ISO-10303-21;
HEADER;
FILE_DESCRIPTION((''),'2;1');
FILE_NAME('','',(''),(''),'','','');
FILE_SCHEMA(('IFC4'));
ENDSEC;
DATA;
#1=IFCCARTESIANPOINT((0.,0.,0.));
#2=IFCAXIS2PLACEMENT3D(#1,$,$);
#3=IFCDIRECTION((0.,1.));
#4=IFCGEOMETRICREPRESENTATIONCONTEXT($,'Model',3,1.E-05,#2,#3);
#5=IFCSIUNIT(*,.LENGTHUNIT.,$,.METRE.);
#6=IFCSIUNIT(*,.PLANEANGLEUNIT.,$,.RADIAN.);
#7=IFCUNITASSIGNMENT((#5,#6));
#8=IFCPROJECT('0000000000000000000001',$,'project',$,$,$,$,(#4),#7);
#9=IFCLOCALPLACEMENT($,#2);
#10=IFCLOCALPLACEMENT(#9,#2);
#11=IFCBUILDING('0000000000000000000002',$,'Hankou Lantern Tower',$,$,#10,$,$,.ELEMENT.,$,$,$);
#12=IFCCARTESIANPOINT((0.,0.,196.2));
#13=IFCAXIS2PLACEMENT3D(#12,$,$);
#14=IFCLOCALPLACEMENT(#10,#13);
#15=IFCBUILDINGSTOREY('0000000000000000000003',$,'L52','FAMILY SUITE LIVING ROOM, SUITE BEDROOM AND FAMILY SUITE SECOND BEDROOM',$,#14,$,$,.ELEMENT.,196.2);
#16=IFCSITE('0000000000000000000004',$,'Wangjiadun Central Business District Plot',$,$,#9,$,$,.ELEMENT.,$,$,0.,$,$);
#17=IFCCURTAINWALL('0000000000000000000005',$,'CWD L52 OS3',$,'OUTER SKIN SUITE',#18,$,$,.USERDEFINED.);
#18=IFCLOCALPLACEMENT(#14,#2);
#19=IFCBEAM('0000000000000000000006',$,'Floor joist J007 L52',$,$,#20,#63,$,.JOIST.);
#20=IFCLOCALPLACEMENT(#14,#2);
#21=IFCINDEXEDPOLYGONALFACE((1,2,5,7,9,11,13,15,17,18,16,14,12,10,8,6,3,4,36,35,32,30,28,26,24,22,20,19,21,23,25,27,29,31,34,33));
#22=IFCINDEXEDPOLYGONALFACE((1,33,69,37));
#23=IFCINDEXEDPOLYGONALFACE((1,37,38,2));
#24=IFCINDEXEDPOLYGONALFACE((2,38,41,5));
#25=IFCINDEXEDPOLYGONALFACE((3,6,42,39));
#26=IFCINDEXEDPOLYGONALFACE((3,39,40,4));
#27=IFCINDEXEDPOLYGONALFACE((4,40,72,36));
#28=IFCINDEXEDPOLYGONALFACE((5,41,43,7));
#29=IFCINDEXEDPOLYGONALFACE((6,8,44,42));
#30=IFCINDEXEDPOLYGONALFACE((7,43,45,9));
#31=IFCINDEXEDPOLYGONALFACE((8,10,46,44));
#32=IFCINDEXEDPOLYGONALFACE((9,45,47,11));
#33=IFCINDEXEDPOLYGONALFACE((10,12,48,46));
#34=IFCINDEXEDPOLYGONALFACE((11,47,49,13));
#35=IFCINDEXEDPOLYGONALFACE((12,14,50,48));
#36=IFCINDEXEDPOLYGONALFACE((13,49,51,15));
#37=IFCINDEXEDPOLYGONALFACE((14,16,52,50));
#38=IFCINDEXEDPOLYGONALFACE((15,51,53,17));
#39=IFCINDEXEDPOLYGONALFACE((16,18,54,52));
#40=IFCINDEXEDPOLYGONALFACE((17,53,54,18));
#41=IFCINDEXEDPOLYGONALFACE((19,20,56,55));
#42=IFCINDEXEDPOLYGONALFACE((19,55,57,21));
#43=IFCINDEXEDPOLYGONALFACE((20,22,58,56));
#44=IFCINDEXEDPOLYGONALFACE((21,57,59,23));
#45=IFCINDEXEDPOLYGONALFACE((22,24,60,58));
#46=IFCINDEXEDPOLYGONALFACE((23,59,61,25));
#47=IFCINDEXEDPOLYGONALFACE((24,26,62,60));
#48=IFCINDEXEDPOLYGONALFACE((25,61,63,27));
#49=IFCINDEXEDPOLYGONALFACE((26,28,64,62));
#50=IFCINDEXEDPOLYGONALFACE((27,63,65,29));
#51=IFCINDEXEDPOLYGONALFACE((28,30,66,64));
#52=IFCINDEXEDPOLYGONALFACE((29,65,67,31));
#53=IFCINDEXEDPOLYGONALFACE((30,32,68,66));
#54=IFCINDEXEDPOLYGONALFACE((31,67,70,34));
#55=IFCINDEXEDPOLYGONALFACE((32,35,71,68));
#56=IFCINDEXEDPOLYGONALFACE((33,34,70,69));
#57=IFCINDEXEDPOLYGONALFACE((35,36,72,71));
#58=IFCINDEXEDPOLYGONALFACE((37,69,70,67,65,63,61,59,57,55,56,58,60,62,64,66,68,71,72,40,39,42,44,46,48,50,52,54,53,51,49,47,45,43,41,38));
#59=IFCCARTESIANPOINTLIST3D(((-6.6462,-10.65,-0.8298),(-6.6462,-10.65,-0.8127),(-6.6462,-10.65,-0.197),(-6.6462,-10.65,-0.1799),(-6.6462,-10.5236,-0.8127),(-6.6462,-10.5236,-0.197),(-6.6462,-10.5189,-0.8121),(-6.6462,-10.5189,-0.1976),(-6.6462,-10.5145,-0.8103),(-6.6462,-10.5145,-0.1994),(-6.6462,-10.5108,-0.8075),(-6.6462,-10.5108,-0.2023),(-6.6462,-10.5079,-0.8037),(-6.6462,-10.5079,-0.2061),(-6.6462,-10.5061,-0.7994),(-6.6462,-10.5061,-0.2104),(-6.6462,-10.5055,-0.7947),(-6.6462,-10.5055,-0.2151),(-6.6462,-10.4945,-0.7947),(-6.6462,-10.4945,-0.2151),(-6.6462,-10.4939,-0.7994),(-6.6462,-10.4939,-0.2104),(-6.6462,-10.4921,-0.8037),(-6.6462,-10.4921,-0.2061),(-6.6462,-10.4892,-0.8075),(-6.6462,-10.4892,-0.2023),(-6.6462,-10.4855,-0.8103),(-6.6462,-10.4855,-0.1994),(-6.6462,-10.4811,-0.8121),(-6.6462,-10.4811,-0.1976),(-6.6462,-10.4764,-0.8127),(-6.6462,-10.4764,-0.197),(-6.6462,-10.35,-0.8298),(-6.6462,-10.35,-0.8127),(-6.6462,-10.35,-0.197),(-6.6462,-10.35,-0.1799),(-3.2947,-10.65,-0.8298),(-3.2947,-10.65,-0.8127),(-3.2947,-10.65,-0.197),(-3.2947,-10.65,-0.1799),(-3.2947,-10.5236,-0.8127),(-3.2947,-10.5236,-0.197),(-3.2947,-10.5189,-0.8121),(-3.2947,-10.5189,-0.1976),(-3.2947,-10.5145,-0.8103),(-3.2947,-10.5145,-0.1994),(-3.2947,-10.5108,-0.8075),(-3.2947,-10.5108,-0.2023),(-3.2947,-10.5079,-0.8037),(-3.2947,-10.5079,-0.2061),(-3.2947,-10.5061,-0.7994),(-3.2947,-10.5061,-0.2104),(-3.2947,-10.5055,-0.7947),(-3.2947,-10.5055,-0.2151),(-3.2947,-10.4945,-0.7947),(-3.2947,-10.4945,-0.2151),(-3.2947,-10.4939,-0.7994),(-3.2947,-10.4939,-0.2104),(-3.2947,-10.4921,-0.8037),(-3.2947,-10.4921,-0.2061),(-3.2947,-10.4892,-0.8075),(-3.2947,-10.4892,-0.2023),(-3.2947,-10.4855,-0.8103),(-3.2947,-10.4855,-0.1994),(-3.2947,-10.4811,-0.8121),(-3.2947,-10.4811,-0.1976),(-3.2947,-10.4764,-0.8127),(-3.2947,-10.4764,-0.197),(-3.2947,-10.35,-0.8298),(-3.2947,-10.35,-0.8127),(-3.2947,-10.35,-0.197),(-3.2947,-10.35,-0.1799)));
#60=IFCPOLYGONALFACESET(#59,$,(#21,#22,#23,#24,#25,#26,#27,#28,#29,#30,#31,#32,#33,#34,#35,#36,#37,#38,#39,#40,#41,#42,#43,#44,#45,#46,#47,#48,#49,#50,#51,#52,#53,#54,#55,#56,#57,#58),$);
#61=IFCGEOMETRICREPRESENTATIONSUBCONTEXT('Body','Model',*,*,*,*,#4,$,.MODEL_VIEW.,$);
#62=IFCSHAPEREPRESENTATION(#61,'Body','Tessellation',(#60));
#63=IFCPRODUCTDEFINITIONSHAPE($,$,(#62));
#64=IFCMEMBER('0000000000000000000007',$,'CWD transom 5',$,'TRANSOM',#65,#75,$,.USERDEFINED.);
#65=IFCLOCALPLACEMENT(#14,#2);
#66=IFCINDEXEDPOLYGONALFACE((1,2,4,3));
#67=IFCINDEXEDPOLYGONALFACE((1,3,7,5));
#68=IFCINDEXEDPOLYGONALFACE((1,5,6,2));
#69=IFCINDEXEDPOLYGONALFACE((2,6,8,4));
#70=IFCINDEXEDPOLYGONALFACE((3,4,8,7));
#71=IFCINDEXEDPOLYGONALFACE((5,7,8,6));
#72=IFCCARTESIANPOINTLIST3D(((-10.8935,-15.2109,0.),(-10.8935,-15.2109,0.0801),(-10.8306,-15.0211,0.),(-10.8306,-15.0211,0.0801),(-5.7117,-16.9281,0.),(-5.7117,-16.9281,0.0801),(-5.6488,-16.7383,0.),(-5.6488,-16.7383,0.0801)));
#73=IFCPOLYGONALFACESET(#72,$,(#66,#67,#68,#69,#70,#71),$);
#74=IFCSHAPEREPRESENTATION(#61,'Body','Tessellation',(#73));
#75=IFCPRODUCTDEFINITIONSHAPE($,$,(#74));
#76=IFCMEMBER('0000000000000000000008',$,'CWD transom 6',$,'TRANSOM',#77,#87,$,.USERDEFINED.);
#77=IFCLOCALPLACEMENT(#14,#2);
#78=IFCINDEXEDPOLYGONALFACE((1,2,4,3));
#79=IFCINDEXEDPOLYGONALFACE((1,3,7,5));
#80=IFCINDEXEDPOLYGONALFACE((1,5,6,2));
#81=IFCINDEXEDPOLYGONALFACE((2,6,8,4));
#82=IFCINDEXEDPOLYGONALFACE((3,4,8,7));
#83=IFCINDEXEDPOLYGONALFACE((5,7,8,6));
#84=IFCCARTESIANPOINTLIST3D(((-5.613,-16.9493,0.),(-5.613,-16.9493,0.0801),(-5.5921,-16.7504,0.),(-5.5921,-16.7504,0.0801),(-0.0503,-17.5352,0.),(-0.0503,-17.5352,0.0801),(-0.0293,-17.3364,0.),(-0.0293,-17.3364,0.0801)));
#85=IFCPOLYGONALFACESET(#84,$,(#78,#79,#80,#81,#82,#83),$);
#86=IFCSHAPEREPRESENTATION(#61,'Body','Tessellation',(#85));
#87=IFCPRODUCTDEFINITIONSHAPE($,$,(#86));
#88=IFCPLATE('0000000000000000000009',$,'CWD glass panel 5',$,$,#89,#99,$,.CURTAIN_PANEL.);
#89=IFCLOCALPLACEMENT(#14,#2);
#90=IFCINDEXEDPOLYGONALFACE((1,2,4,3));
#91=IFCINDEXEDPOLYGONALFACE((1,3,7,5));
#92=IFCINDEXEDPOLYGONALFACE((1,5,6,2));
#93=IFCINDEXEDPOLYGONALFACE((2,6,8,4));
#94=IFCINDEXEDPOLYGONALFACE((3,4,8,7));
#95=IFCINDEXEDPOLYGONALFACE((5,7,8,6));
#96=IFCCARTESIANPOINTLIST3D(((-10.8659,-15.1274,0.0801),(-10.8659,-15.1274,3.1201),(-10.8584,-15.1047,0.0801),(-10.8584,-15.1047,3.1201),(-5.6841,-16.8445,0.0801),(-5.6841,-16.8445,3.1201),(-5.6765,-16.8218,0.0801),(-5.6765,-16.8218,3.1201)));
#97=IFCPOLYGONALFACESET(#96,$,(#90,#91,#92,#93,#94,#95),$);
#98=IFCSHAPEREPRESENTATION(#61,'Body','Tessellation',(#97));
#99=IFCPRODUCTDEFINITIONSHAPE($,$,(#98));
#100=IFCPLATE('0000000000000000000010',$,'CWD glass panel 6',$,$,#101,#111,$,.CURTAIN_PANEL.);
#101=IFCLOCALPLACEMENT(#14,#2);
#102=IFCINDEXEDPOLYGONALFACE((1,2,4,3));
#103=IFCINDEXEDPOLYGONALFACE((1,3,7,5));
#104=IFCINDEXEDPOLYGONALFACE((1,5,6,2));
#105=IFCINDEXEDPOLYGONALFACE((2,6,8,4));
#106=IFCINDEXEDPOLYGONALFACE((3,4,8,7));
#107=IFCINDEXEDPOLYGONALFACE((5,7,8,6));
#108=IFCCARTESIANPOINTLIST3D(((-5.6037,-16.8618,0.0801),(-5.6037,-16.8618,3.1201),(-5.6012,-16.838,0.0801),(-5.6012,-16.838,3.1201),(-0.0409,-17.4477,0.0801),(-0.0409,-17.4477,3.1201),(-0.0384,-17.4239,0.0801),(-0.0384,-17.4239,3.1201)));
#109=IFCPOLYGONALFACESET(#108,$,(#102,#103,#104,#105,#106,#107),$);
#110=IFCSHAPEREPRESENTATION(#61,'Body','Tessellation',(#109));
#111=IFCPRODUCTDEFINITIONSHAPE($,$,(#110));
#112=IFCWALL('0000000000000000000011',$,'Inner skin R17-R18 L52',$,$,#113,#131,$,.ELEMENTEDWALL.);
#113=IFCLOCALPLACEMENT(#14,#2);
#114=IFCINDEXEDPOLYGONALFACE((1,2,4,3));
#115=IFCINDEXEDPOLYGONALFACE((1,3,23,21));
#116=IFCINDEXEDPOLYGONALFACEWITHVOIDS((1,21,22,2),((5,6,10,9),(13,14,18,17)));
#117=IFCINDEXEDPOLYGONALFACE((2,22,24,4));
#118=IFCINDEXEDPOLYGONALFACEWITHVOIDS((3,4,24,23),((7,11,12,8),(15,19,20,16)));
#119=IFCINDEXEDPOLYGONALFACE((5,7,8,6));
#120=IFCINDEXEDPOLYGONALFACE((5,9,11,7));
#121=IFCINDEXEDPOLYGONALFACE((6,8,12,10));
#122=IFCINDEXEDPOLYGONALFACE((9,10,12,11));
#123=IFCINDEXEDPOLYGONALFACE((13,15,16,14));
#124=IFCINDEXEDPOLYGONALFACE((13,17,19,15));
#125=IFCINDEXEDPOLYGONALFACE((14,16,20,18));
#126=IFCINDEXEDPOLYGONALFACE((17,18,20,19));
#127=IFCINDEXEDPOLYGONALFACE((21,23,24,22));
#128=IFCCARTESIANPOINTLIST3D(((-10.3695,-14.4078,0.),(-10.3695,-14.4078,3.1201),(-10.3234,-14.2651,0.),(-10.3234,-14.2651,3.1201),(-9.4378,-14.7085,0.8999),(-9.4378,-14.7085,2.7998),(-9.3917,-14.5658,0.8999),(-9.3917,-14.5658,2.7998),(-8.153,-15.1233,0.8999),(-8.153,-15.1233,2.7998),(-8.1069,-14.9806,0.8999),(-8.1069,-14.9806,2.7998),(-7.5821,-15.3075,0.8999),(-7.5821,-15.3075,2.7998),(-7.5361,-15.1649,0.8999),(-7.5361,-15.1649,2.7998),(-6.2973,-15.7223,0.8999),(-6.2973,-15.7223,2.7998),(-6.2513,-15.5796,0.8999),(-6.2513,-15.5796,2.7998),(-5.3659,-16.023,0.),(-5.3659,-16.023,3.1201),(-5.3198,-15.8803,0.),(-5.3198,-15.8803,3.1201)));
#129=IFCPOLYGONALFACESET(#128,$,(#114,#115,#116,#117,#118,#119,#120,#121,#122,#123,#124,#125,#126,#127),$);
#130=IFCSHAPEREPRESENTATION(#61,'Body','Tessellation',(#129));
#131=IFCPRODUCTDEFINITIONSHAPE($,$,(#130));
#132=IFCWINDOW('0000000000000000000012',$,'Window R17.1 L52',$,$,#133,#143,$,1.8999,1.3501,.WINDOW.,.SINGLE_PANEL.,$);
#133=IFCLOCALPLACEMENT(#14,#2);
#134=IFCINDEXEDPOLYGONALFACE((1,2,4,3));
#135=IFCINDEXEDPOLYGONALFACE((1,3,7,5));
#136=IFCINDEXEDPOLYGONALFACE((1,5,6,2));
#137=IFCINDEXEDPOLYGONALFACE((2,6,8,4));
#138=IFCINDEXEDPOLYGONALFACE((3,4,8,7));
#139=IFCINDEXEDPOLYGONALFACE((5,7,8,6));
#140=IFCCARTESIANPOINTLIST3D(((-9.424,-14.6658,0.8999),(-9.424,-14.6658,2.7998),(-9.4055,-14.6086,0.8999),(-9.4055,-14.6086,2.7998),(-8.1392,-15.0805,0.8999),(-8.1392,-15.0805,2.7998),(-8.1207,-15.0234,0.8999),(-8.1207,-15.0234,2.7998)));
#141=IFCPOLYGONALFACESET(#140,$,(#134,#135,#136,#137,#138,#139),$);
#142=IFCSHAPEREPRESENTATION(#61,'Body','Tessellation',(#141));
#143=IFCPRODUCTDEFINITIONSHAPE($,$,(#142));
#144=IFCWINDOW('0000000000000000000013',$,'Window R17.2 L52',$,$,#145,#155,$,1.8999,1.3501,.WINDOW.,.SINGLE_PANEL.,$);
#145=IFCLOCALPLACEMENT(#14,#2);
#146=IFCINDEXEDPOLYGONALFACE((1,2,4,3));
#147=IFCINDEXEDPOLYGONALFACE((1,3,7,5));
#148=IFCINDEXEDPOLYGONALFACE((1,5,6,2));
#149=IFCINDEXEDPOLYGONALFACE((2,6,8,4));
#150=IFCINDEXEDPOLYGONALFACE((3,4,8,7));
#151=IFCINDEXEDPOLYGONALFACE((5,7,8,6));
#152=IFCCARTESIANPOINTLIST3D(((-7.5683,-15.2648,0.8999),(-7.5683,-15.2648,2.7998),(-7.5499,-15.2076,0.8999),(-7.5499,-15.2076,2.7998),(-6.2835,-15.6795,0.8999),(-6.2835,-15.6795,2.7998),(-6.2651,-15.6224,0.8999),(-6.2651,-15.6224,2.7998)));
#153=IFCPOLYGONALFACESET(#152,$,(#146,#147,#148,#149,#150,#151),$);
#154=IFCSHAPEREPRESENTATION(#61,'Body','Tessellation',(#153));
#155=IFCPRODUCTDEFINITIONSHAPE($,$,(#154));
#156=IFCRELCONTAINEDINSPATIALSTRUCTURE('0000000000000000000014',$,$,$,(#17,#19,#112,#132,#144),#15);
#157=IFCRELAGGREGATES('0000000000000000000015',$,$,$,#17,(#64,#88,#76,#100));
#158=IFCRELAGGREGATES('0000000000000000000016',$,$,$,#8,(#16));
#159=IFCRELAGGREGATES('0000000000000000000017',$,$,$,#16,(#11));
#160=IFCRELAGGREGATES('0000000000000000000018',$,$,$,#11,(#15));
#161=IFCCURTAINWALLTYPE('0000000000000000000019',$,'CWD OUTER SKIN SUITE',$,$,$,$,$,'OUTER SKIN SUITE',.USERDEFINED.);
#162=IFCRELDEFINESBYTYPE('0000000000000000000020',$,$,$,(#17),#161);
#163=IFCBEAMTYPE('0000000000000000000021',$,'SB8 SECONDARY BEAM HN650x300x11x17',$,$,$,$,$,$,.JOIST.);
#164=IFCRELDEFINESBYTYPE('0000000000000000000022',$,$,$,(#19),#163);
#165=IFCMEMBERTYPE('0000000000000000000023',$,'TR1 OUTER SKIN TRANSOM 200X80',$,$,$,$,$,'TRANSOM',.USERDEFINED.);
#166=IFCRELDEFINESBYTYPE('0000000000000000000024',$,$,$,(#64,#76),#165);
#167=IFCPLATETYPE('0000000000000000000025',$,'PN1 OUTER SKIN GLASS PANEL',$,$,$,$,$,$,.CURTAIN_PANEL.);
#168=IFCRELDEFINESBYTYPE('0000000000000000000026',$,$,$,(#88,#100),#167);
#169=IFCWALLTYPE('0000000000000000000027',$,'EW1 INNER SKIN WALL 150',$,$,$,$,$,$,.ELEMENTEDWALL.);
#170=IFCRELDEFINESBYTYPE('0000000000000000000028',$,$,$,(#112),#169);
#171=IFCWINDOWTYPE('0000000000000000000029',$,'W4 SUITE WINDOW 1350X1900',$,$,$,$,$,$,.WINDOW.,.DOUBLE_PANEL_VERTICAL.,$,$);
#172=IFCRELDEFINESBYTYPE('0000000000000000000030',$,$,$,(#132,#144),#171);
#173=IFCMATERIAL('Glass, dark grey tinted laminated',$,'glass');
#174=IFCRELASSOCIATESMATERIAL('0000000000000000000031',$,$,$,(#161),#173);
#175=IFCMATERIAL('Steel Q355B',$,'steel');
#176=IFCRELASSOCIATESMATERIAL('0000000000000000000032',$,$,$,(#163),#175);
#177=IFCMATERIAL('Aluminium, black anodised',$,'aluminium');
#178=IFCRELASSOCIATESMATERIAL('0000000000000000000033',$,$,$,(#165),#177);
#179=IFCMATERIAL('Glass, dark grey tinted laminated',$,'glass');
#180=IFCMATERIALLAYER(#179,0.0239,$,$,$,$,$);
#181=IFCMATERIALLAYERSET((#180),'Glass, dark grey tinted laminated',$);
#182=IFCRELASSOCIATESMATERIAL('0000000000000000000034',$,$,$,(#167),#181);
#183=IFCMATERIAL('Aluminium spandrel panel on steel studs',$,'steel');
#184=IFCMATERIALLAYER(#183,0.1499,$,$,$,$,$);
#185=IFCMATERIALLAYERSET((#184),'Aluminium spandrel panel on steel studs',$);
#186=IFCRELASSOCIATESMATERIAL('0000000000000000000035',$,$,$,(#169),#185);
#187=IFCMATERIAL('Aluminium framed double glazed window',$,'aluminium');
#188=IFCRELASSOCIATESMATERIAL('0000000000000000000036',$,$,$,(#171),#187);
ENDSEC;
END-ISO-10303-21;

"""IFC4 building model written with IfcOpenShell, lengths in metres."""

from ifc_helpers import new_model, si_unit, direction, frame, frame_2d, origin, origin_2d, place, context, subcontext, project, spatial, rectangle, i_section, extrude, material, layer, layer_set, material_profile, profile_set, type_object, element, fill, aggregate, save


model = new_model("IFC4")

# Units and contexts
model_context = context("Model", 3, precision=1e-05, world=origin(), true_north=direction((0.0, 1.0)))
body_context = subcontext(model_context, "Body", "Model", "MODEL_VIEW")
ifc_project = project(units=[si_unit("LENGTHUNIT", "METRE"), si_unit("PLANEANGLEUNIT", "RADIAN")], contexts=[model_context])

# Site, building, storey
site_placement = place(None, origin())
site = spatial("IfcSite", under=ifc_project, at=site_placement, Name="Wangjiadun Central Business District Plot", CompositionType="ELEMENT", RefElevation=0.0)
building_placement = place(site_placement, origin())
building = spatial("IfcBuilding", under=site, at=building_placement, Name="Hankou Lantern Tower", CompositionType="ELEMENT")
storey_placement = place(building_placement, frame((0.0, 0.0, 196.2)))
storey = spatial("IfcBuildingStorey", under=building, at=storey_placement, Name="L52", Description="FAMILY SUITE LIVING ROOM, SUITE BEDROOM AND FAMILY SUITE SECOND BEDROOM", CompositionType="ELEMENT", Elevation=196.2)

# Curtain wall
ifc_material_1 = material(Name="Glass, dark grey tinted laminated", Category="glass")
curtain_wall_type = type_object("IfcCurtainWallType", Name="CWD OUTER SKIN SUITE", ElementType="OUTER SKIN SUITE", PredefinedType="USERDEFINED", material=ifc_material_1)
curtain_wall_placement = place(storey_placement, origin())
curtain_wall = element("IfcCurtainWall", 1, at=curtain_wall_placement, inside=storey, type_object=curtain_wall_type, Name="CWD L52 OS3", ObjectType="OUTER SKIN SUITE", PredefinedType="USERDEFINED")

# Beam
ifc_material_2 = material(Name="Steel Q355B", Category="steel")
ifc_material_profile_1 = material_profile(ifc_material_2, i_section(OverallWidth=0.3, OverallDepth=0.6499, WebThickness=0.011, FlangeThickness=0.0171, FilletRadius=0.0181, at=origin_2d()), Name="HN650x300x11x17")
ifc_profile_set_1 = profile_set([ifc_material_profile_1], Name="Steel Q355B")
beam_type_1 = type_object("IfcBeamType", Name="SB8 SECONDARY BEAM HN650x300x11x17", PredefinedType="JOIST", material=ifc_profile_set_1)
beam_1_placement = place(storey_placement, frame((-6.6462, -10.5, -0.5049), z_axis=(1.0, 0.0, 0.0), x_axis=(0.0, 1.0, 0.0)))
element("IfcBeam", 2, at=beam_1_placement, inside=storey, type_object=beam_type_1, Name="Floor joist J007 L52", PredefinedType="JOIST", context=body_context, shape_type="SweptSolid", body=[
    extrude(i_section(OverallWidth=0.3, OverallDepth=0.6499, WebThickness=0.011, FlangeThickness=0.0171, FilletRadius=0.0181, at=origin_2d()), origin(), (0.0, 0.0, 1.0), 3.3516),
])

# Members
ifc_material_3 = material(Name="Aluminium, black anodised", Category="aluminium")
ifc_material_profile_2 = material_profile(ifc_material_3, rectangle(XDim=0.2, YDim=0.0801, at=origin_2d()), Name="TR1 200X80")
ifc_profile_set_2 = profile_set([ifc_material_profile_2], Name="Aluminium, black anodised")
member_type_1 = type_object("IfcMemberType", Name="TR1 OUTER SKIN TRANSOM 200X80", ElementType="TRANSOM", PredefinedType="USERDEFINED", material=ifc_profile_set_2)
member_1_placement = place(storey_placement, frame((-10.8621, -15.116, 0.04), z_axis=(0.949232, -0.314577, 0.0), x_axis=(0.314577, 0.949232, 0.0)))
member_1 = element("IfcMember", 3, at=member_1_placement, type_object=member_type_1, Name="CWD transom 5", ObjectType="TRANSOM", PredefinedType="USERDEFINED", context=body_context, shape_type="SweptSolid", body=[
    extrude(rectangle(XDim=0.2, YDim=0.0801, at=origin_2d()), origin(), (0.0, 0.0, 1.0), 5.459),
])
member_2_placement = place(storey_placement, frame((-5.6025, -16.8499, 0.04), z_axis=(0.994498, -0.104753, 0.0), x_axis=(0.104753, 0.994498, 0.0)))
member_2 = element("IfcMember", 4, at=member_2_placement, type_object=member_type_1, Name="CWD transom 6", ObjectType="TRANSOM", PredefinedType="USERDEFINED", context=body_context, shape_type="SweptSolid", body=[
    extrude(rectangle(XDim=0.2, YDim=0.0801, at=origin_2d()), origin(), (0.0, 0.0, 1.0), 5.5935),
])

# Plates
ifc_material_4 = material(Name="Glass, dark grey tinted laminated", Category="glass")
ifc_layer_1 = layer(ifc_material_4, 0.0239)
ifc_layer_set_1 = layer_set([ifc_layer_1], Name="Glass, dark grey tinted laminated")
plate_type = type_object("IfcPlateType", Name="PN1 OUTER SKIN GLASS PANEL", PredefinedType="CURTAIN_PANEL", material=ifc_layer_set_1)
plate_1_placement = place(storey_placement, frame((-8.2712, -15.9746, 0.0801), z_axis=(0.0, 0.0, 1.0), x_axis=(0.949241, -0.314551, 0.0)))
plate_1 = element("IfcPlate", 5, at=plate_1_placement, type_object=plate_type, Name="CWD glass panel 5", PredefinedType="CURTAIN_PANEL", context=body_context, shape_type="SweptSolid", body=[
    extrude(rectangle(XDim=5.459, YDim=0.0239, at=origin_2d()), origin(), (0.0, 0.0, 1.0), 3.04),
])
plate_2_placement = place(storey_placement, frame((-2.821, -17.1428, 0.0801), z_axis=(0.0, 0.0, 1.0), x_axis=(0.994499, -0.104743, 0.0)))
plate_2 = element("IfcPlate", 6, at=plate_2_placement, type_object=plate_type, Name="CWD glass panel 6", PredefinedType="CURTAIN_PANEL", context=body_context, shape_type="SweptSolid", body=[
    extrude(rectangle(XDim=5.5935, YDim=0.0239, at=origin_2d()), origin(), (0.0, 0.0, 1.0), 3.04),
])
aggregate(curtain_wall, [member_1, plate_1, member_2, plate_2])

# Wall, openings, windows
ifc_material_5 = material(Name="Aluminium spandrel panel on steel studs", Category="steel")
ifc_layer_2 = layer(ifc_material_5, 0.1499)
ifc_layer_set_2 = layer_set([ifc_layer_2], Name="Aluminium spandrel panel on steel studs")
wall_type_1 = type_object("IfcWallType", Name="EW1 INNER SKIN WALL 150", PredefinedType="ELEMENTEDWALL", material=ifc_layer_set_2)
wall_1_placement = place(storey_placement, frame((-10.3464, -14.3364, 0.0), z_axis=(0.0, 0.0, 1.0), x_axis=(0.951645, -0.307201, 0.0)))
wall_1 = element("IfcWall", 7, at=wall_1_placement, inside=storey, type_object=wall_type_1, Name="Inner skin R17-R18 L52", PredefinedType="ELEMENTEDWALL", context=body_context, shape_type="SweptSolid", body=[
    extrude(rectangle(XDim=5.2578, YDim=0.1499, at=frame_2d((2.6289, 0.0))), origin(), (0.0, 0.0, 1.0), 3.1201),
])
opening_1_placement = place(wall_1_placement, frame((0.979, 0.0, 0.8999)))
opening_1 = element("IfcOpeningElement", 8, at=opening_1_placement, cuts=wall_1, PredefinedType="OPENING", context=body_context, shape_type="SweptSolid", body=[
    extrude(rectangle(XDim=1.3501, YDim=1.8999, at=frame_2d((0.675, 0.95))), frame((0.0, 0.085, 0.0), z_axis=(0.0, -1.0, 0.0), x_axis=(1.0, 0.0, 0.0)), (0.0, 0.0, 1.0), 0.1699),
])
opening_2_placement = place(wall_1_placement, frame((2.929, 0.0, 0.8999)))
opening_2 = element("IfcOpeningElement", 9, at=opening_2_placement, cuts=wall_1, PredefinedType="OPENING", context=body_context, shape_type="SweptSolid", body=[
    extrude(rectangle(XDim=1.3501, YDim=1.8999, at=frame_2d((0.675, 0.95))), frame((0.0, 0.085, 0.0), z_axis=(0.0, -1.0, 0.0), x_axis=(1.0, 0.0, 0.0)), (0.0, 0.0, 1.0), 0.1699),
])
ifc_material_6 = material(Name="Aluminium framed double glazed window", Category="aluminium")
window_type = type_object("IfcWindowType", Name="W4 SUITE WINDOW 1350X1900", PartitioningType="DOUBLE_PANEL_VERTICAL", PredefinedType="WINDOW", material=ifc_material_6)
window_1_placement = place(opening_1_placement, origin())
window_1 = element("IfcWindow", 10, at=window_1_placement, inside=storey, type_object=window_type, Name="Window R17.1 L52", OverallHeight=1.8999, OverallWidth=1.3501, PartitioningType="SINGLE_PANEL", PredefinedType="WINDOW", context=body_context, shape_type="SweptSolid", body=[
    extrude(rectangle(XDim=1.3501, YDim=1.8999, at=frame_2d((0.675, 0.95))), frame((0.0, 0.03, 0.0), z_axis=(0.0, -1.0, 0.0), x_axis=(1.0, 0.0, 0.0)), (0.0, 0.0, 1.0), 0.0601),
])
fill(opening_1, window_1)
window_2_placement = place(opening_2_placement, origin())
window_2 = element("IfcWindow", 11, at=window_2_placement, inside=storey, type_object=window_type, Name="Window R17.2 L52", OverallHeight=1.8999, OverallWidth=1.3501, PartitioningType="SINGLE_PANEL", PredefinedType="WINDOW", context=body_context, shape_type="SweptSolid", body=[
    extrude(rectangle(XDim=1.3501, YDim=1.8999, at=frame_2d((0.675, 0.95))), frame((0.0, 0.03, 0.0), z_axis=(0.0, -1.0, 0.0), x_axis=(1.0, 0.0, 0.0)), (0.0, 0.0, 1.0), 0.0601),
])
fill(opening_2, window_2)

save(model, "model.ifc")
